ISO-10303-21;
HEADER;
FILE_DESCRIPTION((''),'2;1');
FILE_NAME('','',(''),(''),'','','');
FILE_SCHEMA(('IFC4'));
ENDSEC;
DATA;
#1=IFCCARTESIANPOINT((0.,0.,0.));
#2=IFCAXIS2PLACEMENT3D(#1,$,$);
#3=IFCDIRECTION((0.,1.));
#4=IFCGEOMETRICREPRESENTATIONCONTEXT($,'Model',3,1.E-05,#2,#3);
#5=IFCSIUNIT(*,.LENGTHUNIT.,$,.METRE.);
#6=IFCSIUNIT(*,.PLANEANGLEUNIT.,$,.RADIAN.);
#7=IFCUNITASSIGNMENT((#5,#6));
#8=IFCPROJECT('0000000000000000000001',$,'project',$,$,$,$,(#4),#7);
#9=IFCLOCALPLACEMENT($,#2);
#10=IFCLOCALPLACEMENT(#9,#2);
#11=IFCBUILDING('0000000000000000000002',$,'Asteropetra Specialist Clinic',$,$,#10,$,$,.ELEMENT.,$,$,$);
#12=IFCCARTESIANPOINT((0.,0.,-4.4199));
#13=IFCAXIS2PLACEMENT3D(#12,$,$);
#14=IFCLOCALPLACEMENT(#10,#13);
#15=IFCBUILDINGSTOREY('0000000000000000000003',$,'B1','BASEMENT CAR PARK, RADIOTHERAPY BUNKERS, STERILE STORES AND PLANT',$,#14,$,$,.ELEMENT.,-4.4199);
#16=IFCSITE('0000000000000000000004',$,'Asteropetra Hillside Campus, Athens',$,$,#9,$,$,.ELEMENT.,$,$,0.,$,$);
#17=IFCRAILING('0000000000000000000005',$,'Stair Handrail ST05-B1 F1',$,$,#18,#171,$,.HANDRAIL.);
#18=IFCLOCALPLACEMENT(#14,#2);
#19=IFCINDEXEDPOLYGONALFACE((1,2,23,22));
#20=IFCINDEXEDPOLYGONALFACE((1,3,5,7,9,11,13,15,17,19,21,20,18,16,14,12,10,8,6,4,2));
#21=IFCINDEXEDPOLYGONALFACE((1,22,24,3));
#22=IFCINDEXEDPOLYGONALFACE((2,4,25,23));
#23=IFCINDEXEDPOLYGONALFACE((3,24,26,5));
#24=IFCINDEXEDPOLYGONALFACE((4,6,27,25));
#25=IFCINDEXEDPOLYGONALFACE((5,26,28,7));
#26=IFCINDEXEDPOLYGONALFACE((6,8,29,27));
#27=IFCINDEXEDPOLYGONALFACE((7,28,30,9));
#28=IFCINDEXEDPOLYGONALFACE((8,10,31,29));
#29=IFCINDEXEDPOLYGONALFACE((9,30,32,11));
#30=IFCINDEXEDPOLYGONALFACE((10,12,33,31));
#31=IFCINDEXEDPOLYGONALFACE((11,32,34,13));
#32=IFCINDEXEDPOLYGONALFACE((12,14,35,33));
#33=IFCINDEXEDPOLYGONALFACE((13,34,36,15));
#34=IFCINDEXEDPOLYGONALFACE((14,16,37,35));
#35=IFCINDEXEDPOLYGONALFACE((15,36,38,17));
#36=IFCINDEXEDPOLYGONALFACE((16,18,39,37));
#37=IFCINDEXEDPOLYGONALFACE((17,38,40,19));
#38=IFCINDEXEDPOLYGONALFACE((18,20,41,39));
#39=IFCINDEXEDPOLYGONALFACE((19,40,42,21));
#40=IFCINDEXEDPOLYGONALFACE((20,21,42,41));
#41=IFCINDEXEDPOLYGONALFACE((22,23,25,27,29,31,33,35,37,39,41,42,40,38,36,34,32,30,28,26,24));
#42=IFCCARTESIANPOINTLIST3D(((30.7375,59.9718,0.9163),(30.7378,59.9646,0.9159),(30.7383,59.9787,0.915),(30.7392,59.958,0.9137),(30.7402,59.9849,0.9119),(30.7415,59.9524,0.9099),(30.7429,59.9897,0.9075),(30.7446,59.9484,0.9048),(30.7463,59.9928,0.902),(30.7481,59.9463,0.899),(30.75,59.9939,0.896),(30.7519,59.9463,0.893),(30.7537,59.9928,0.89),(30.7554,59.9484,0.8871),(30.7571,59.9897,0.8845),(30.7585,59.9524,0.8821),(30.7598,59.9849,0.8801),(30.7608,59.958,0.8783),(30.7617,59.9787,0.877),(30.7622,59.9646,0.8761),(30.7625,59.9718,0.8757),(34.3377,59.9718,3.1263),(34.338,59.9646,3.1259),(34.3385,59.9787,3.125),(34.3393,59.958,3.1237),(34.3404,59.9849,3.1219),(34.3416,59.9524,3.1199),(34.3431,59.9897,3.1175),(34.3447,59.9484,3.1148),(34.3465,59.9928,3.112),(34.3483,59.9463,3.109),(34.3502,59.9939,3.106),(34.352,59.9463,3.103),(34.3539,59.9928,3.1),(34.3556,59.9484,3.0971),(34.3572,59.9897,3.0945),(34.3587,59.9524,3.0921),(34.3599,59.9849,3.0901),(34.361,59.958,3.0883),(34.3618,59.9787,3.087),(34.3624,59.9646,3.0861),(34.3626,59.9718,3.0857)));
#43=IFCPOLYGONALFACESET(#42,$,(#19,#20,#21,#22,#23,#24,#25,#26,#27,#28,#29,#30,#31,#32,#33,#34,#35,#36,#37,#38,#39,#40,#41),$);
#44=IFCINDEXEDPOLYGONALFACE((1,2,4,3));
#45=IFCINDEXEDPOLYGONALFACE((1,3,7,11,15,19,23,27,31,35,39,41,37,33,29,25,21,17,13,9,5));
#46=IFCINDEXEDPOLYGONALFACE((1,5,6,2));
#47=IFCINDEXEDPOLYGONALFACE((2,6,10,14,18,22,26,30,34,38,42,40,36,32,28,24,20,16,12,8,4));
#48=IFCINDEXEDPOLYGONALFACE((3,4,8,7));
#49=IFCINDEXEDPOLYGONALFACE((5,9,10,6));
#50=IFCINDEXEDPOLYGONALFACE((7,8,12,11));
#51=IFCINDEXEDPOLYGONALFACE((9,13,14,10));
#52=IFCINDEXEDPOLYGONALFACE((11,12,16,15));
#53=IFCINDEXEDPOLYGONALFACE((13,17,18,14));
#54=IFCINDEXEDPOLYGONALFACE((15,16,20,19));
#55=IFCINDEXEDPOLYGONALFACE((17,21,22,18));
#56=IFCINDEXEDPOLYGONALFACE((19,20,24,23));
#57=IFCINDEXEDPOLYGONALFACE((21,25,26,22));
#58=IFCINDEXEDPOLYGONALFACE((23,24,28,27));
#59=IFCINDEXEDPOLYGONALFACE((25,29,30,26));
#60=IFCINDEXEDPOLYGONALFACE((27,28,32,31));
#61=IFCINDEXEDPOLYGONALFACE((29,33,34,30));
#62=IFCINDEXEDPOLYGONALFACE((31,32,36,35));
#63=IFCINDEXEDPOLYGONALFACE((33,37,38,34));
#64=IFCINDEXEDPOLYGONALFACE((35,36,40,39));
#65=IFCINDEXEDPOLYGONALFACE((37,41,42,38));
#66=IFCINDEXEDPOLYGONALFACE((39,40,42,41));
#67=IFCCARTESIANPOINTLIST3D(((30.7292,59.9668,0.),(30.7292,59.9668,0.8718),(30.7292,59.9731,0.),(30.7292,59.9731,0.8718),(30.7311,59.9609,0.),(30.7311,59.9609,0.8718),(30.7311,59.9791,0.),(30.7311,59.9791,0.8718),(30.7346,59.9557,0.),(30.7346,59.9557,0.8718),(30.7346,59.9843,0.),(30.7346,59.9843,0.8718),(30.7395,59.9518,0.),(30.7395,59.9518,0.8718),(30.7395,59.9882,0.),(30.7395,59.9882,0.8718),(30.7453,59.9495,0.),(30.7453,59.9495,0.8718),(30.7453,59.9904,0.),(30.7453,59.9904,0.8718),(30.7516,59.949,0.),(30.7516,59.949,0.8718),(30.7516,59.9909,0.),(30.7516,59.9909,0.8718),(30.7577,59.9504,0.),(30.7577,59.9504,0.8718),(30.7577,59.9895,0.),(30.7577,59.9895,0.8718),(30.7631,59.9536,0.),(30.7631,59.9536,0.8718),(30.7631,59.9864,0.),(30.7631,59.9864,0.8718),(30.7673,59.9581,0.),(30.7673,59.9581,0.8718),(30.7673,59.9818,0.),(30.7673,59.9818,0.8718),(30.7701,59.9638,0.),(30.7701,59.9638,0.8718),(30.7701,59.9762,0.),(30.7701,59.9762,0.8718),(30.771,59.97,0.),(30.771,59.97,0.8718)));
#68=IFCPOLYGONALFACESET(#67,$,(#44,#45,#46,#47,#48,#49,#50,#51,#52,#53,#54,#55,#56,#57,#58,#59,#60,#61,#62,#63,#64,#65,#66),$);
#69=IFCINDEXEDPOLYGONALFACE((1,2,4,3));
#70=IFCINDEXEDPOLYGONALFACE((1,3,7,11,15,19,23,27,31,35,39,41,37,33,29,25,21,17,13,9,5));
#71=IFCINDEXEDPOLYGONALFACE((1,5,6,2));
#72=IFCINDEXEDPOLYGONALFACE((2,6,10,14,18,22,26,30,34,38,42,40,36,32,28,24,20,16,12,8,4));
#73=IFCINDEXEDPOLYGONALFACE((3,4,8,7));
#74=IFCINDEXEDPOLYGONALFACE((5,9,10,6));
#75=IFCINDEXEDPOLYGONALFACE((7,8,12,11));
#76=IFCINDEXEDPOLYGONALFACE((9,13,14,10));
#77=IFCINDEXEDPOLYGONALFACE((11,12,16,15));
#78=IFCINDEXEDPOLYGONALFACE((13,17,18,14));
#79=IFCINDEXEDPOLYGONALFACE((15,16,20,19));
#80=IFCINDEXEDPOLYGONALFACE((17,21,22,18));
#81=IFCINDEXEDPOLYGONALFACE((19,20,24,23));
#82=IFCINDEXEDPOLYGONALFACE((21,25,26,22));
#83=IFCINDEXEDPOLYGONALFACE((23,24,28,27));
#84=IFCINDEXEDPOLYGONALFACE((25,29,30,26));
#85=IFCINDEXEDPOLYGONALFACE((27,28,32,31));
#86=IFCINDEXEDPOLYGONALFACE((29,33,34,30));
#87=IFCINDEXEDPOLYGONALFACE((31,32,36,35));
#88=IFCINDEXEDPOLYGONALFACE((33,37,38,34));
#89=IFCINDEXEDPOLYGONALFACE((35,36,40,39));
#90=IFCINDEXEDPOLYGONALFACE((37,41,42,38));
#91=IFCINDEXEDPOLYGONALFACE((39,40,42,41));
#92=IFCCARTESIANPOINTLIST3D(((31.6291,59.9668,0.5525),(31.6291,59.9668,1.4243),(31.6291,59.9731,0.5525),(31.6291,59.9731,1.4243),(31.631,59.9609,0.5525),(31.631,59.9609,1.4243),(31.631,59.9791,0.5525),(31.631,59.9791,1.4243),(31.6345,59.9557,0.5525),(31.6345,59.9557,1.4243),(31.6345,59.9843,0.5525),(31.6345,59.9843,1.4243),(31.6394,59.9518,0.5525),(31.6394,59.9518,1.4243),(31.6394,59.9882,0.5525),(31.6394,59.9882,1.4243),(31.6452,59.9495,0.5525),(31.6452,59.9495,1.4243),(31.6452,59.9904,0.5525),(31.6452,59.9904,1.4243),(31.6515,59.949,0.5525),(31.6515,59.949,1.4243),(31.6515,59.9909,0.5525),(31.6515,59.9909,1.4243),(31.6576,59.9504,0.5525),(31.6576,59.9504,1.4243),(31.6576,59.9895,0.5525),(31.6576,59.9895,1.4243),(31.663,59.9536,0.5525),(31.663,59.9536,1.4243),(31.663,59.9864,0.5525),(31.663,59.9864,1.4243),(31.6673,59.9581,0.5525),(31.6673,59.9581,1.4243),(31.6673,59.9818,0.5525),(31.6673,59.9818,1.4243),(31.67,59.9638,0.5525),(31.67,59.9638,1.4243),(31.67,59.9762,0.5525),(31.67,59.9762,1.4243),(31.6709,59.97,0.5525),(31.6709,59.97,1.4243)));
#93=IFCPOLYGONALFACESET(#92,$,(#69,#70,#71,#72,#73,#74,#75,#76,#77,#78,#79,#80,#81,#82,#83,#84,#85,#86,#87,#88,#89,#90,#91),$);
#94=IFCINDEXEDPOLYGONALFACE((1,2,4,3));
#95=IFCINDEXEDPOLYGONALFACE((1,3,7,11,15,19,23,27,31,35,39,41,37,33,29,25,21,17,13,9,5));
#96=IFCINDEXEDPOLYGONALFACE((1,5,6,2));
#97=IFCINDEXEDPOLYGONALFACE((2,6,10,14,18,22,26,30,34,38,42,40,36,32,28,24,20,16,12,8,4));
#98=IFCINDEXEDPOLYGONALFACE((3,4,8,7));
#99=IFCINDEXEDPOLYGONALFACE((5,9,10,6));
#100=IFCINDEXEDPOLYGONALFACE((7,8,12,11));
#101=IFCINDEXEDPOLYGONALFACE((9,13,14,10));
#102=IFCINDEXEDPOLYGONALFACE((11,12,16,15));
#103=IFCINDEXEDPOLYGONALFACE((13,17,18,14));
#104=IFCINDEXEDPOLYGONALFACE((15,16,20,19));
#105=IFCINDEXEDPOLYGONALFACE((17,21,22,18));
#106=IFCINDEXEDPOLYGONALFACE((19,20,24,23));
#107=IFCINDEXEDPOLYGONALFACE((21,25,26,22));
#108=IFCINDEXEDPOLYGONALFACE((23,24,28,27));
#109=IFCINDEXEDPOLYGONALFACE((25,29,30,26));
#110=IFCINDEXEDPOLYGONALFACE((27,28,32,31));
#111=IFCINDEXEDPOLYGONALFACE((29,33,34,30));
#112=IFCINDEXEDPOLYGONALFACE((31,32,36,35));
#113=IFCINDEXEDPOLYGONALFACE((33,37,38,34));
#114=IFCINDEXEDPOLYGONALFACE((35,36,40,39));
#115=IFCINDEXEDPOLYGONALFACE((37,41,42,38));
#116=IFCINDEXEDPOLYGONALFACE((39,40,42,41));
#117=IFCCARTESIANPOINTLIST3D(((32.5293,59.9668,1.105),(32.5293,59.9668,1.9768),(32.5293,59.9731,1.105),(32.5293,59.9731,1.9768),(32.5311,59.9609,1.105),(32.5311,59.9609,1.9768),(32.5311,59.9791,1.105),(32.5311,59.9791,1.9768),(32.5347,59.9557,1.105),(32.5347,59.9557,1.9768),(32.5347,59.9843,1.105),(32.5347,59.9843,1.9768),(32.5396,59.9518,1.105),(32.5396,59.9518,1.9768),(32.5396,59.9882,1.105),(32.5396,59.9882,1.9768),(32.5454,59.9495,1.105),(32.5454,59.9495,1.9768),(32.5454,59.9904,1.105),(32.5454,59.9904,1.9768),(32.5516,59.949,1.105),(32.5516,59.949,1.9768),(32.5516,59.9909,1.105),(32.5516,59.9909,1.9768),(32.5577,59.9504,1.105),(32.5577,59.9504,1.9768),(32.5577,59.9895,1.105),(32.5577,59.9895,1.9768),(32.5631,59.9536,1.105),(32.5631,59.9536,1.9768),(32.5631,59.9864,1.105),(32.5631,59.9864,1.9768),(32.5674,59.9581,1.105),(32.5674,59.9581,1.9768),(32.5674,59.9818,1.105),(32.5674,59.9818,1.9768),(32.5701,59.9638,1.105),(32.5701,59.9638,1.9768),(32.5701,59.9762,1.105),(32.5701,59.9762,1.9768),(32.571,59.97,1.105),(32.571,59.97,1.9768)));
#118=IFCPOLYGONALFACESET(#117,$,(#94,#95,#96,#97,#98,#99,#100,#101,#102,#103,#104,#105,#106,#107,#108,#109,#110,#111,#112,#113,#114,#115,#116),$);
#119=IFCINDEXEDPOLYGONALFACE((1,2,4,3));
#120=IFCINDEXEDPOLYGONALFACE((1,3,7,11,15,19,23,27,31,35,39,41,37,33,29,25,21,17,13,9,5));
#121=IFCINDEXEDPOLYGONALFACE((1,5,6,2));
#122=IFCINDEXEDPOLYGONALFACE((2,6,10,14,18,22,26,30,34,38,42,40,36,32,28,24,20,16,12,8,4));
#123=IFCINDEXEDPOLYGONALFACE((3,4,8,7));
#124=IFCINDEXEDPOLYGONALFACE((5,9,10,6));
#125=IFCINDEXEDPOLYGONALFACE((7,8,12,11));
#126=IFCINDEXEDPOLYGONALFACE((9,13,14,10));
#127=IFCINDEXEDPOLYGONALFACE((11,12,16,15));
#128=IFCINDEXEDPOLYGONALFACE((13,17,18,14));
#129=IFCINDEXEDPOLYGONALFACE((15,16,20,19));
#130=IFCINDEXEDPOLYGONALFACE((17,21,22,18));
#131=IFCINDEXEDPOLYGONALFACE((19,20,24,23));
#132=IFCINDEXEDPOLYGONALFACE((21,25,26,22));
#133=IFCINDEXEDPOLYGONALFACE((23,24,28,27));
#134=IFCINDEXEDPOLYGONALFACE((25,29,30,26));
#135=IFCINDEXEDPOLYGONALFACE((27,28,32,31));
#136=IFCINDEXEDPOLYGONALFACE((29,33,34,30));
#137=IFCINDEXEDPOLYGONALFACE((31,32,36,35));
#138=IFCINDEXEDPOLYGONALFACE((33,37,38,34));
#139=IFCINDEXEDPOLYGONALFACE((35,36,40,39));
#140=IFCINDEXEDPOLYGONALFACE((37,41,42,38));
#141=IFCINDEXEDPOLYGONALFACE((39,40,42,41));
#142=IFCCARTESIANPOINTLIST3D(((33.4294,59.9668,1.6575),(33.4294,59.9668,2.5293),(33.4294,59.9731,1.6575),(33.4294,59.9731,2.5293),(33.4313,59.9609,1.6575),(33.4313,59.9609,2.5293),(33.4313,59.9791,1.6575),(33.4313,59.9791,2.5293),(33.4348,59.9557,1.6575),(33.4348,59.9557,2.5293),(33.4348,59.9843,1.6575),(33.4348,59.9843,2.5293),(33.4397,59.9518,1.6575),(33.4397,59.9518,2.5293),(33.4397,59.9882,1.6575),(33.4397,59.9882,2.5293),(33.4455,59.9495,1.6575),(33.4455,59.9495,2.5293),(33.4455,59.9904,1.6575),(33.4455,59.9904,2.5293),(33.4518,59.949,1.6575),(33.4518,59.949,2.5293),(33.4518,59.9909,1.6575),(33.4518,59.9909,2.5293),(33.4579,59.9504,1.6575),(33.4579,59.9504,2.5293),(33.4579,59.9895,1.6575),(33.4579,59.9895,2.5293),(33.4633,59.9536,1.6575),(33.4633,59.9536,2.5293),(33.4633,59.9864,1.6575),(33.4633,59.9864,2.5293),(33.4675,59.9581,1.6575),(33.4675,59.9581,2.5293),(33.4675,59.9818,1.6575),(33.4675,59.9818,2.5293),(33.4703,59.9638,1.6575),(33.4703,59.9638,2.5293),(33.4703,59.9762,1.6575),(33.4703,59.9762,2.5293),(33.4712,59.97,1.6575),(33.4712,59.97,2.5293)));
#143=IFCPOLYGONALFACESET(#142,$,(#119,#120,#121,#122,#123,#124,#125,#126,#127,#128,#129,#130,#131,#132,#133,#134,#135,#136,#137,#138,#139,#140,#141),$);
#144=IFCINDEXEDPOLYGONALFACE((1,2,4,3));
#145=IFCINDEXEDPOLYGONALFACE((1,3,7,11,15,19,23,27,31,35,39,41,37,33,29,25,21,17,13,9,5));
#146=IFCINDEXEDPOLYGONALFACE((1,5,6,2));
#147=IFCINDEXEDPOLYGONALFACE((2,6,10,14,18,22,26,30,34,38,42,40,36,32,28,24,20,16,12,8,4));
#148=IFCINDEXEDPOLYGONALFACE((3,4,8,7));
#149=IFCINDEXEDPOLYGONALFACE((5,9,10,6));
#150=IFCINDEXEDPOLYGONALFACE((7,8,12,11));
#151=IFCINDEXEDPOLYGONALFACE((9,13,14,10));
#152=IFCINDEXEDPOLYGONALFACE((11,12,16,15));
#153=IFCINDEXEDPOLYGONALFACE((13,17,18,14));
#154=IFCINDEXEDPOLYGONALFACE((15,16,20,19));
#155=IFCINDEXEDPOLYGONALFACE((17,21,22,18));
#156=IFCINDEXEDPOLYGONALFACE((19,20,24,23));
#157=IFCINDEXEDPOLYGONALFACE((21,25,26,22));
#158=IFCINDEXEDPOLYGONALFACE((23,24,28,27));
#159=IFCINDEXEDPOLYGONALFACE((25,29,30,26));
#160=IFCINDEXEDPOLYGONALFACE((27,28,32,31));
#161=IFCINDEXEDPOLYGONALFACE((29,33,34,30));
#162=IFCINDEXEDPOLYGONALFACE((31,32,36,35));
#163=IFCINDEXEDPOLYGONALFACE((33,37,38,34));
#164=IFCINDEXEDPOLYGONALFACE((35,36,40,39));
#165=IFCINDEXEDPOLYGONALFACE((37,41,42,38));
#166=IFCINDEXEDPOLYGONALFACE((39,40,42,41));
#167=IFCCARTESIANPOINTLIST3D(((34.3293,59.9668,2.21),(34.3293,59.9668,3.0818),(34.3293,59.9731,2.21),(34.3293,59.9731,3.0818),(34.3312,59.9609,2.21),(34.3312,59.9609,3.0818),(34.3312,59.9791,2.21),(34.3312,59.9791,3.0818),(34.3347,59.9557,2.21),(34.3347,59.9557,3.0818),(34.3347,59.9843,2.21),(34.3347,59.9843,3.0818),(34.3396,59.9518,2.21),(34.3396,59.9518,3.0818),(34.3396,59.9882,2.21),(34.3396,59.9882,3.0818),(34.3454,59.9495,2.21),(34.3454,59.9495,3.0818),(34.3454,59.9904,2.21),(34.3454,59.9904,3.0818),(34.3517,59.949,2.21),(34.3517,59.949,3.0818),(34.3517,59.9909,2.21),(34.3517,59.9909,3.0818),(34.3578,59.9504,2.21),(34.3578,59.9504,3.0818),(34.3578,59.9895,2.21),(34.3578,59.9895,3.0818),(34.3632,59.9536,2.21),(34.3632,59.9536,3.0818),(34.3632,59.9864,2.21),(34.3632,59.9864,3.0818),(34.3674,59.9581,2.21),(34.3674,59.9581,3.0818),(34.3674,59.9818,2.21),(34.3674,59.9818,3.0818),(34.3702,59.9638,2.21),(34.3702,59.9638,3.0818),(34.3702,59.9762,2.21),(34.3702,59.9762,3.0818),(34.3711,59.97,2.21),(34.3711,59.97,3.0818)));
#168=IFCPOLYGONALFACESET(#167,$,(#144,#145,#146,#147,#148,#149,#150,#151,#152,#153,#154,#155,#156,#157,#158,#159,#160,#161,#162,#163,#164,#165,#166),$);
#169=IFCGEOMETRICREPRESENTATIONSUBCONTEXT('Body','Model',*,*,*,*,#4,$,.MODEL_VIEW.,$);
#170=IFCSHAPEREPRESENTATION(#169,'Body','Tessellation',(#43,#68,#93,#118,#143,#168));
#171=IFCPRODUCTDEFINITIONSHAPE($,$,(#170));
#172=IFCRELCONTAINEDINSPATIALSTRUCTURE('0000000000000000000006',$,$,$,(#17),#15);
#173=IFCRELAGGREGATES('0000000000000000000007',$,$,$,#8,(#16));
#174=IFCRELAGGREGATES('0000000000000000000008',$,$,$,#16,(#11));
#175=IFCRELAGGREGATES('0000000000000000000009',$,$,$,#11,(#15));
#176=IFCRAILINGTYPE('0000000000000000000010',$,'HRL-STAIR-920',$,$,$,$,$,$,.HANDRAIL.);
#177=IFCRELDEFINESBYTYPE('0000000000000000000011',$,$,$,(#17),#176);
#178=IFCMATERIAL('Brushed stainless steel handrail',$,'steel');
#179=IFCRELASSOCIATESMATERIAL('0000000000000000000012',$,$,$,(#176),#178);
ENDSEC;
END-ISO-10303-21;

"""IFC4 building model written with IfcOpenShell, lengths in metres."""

from ifc_helpers import new_model, si_unit, direction, frame, origin, origin_2d, place, context, subcontext, project, spatial, circle, extrude, material, type_object, element, save


model = new_model("IFC4")

# Units and contexts
model_context = context("Model", 3, precision=1e-05, world=origin(), true_north=direction((0.0, 1.0)))
body_context = subcontext(model_context, "Body", "Model", "MODEL_VIEW")
ifc_project = project(units=[si_unit("LENGTHUNIT", "METRE"), si_unit("PLANEANGLEUNIT", "RADIAN")], contexts=[model_context])

# Site, building, storey
site_placement = place(None, origin())
site = spatial("IfcSite", under=ifc_project, at=site_placement, Name="Asteropetra Hillside Campus, Athens", CompositionType="ELEMENT", RefElevation=0.0)
building_placement = place(site_placement, origin())
building = spatial("IfcBuilding", under=site, at=building_placement, Name="Asteropetra Specialist Clinic", CompositionType="ELEMENT")
storey_placement = place(building_placement, frame((0.0, 0.0, -4.4199)))
storey = spatial("IfcBuildingStorey", under=building, at=storey_placement, Name="B1", Description="BASEMENT CAR PARK, RADIOTHERAPY BUNKERS, STERILE STORES AND PLANT", CompositionType="ELEMENT", Elevation=-4.4199)

# Railing
ifc_material_1 = material(Name="Brushed stainless steel handrail", Category="steel")
railing_type_1 = type_object("IfcRailingType", Name="HRL-STAIR-920", PredefinedType="HANDRAIL", material=ifc_material_1)
railing_1_placement = place(storey_placement, frame((30.75, 59.97, 0.0)))
element("IfcRailing", 1, at=railing_1_placement, inside=storey, type_object=railing_type_1, Name="Stair Handrail ST05-B1 F1", PredefinedType="HANDRAIL", context=body_context, shape_type="SweptSolid", body=[
    extrude(circle(Radius=0.0239, at=origin_2d()), frame((0.0, 0.0, 0.896), z_axis=(0.852237, 0.0, 0.523156), x_axis=(0.0, 1.0, 0.0)), (0.0, 0.0, 1.0), 4.2244),
    extrude(circle(Radius=0.021, at=origin_2d()), origin(), (0.0, 0.0, 1.0), 0.8718),
    extrude(circle(Radius=0.021, at=origin_2d()), frame((0.8999, 0.0, 0.5525)), (0.0, 0.0, 1.0), 0.8718),
    extrude(circle(Radius=0.021, at=origin_2d()), frame((1.8, 0.0, 1.105)), (0.0, 0.0, 1.0), 0.8718),
    extrude(circle(Radius=0.021, at=origin_2d()), frame((2.7002, 0.0, 1.6575)), (0.0, 0.0, 1.0), 0.8718),
    extrude(circle(Radius=0.021, at=origin_2d()), frame((3.6001, 0.0, 2.21)), (0.0, 0.0, 1.0), 0.8718),
])

save(model, "model.ifc")
